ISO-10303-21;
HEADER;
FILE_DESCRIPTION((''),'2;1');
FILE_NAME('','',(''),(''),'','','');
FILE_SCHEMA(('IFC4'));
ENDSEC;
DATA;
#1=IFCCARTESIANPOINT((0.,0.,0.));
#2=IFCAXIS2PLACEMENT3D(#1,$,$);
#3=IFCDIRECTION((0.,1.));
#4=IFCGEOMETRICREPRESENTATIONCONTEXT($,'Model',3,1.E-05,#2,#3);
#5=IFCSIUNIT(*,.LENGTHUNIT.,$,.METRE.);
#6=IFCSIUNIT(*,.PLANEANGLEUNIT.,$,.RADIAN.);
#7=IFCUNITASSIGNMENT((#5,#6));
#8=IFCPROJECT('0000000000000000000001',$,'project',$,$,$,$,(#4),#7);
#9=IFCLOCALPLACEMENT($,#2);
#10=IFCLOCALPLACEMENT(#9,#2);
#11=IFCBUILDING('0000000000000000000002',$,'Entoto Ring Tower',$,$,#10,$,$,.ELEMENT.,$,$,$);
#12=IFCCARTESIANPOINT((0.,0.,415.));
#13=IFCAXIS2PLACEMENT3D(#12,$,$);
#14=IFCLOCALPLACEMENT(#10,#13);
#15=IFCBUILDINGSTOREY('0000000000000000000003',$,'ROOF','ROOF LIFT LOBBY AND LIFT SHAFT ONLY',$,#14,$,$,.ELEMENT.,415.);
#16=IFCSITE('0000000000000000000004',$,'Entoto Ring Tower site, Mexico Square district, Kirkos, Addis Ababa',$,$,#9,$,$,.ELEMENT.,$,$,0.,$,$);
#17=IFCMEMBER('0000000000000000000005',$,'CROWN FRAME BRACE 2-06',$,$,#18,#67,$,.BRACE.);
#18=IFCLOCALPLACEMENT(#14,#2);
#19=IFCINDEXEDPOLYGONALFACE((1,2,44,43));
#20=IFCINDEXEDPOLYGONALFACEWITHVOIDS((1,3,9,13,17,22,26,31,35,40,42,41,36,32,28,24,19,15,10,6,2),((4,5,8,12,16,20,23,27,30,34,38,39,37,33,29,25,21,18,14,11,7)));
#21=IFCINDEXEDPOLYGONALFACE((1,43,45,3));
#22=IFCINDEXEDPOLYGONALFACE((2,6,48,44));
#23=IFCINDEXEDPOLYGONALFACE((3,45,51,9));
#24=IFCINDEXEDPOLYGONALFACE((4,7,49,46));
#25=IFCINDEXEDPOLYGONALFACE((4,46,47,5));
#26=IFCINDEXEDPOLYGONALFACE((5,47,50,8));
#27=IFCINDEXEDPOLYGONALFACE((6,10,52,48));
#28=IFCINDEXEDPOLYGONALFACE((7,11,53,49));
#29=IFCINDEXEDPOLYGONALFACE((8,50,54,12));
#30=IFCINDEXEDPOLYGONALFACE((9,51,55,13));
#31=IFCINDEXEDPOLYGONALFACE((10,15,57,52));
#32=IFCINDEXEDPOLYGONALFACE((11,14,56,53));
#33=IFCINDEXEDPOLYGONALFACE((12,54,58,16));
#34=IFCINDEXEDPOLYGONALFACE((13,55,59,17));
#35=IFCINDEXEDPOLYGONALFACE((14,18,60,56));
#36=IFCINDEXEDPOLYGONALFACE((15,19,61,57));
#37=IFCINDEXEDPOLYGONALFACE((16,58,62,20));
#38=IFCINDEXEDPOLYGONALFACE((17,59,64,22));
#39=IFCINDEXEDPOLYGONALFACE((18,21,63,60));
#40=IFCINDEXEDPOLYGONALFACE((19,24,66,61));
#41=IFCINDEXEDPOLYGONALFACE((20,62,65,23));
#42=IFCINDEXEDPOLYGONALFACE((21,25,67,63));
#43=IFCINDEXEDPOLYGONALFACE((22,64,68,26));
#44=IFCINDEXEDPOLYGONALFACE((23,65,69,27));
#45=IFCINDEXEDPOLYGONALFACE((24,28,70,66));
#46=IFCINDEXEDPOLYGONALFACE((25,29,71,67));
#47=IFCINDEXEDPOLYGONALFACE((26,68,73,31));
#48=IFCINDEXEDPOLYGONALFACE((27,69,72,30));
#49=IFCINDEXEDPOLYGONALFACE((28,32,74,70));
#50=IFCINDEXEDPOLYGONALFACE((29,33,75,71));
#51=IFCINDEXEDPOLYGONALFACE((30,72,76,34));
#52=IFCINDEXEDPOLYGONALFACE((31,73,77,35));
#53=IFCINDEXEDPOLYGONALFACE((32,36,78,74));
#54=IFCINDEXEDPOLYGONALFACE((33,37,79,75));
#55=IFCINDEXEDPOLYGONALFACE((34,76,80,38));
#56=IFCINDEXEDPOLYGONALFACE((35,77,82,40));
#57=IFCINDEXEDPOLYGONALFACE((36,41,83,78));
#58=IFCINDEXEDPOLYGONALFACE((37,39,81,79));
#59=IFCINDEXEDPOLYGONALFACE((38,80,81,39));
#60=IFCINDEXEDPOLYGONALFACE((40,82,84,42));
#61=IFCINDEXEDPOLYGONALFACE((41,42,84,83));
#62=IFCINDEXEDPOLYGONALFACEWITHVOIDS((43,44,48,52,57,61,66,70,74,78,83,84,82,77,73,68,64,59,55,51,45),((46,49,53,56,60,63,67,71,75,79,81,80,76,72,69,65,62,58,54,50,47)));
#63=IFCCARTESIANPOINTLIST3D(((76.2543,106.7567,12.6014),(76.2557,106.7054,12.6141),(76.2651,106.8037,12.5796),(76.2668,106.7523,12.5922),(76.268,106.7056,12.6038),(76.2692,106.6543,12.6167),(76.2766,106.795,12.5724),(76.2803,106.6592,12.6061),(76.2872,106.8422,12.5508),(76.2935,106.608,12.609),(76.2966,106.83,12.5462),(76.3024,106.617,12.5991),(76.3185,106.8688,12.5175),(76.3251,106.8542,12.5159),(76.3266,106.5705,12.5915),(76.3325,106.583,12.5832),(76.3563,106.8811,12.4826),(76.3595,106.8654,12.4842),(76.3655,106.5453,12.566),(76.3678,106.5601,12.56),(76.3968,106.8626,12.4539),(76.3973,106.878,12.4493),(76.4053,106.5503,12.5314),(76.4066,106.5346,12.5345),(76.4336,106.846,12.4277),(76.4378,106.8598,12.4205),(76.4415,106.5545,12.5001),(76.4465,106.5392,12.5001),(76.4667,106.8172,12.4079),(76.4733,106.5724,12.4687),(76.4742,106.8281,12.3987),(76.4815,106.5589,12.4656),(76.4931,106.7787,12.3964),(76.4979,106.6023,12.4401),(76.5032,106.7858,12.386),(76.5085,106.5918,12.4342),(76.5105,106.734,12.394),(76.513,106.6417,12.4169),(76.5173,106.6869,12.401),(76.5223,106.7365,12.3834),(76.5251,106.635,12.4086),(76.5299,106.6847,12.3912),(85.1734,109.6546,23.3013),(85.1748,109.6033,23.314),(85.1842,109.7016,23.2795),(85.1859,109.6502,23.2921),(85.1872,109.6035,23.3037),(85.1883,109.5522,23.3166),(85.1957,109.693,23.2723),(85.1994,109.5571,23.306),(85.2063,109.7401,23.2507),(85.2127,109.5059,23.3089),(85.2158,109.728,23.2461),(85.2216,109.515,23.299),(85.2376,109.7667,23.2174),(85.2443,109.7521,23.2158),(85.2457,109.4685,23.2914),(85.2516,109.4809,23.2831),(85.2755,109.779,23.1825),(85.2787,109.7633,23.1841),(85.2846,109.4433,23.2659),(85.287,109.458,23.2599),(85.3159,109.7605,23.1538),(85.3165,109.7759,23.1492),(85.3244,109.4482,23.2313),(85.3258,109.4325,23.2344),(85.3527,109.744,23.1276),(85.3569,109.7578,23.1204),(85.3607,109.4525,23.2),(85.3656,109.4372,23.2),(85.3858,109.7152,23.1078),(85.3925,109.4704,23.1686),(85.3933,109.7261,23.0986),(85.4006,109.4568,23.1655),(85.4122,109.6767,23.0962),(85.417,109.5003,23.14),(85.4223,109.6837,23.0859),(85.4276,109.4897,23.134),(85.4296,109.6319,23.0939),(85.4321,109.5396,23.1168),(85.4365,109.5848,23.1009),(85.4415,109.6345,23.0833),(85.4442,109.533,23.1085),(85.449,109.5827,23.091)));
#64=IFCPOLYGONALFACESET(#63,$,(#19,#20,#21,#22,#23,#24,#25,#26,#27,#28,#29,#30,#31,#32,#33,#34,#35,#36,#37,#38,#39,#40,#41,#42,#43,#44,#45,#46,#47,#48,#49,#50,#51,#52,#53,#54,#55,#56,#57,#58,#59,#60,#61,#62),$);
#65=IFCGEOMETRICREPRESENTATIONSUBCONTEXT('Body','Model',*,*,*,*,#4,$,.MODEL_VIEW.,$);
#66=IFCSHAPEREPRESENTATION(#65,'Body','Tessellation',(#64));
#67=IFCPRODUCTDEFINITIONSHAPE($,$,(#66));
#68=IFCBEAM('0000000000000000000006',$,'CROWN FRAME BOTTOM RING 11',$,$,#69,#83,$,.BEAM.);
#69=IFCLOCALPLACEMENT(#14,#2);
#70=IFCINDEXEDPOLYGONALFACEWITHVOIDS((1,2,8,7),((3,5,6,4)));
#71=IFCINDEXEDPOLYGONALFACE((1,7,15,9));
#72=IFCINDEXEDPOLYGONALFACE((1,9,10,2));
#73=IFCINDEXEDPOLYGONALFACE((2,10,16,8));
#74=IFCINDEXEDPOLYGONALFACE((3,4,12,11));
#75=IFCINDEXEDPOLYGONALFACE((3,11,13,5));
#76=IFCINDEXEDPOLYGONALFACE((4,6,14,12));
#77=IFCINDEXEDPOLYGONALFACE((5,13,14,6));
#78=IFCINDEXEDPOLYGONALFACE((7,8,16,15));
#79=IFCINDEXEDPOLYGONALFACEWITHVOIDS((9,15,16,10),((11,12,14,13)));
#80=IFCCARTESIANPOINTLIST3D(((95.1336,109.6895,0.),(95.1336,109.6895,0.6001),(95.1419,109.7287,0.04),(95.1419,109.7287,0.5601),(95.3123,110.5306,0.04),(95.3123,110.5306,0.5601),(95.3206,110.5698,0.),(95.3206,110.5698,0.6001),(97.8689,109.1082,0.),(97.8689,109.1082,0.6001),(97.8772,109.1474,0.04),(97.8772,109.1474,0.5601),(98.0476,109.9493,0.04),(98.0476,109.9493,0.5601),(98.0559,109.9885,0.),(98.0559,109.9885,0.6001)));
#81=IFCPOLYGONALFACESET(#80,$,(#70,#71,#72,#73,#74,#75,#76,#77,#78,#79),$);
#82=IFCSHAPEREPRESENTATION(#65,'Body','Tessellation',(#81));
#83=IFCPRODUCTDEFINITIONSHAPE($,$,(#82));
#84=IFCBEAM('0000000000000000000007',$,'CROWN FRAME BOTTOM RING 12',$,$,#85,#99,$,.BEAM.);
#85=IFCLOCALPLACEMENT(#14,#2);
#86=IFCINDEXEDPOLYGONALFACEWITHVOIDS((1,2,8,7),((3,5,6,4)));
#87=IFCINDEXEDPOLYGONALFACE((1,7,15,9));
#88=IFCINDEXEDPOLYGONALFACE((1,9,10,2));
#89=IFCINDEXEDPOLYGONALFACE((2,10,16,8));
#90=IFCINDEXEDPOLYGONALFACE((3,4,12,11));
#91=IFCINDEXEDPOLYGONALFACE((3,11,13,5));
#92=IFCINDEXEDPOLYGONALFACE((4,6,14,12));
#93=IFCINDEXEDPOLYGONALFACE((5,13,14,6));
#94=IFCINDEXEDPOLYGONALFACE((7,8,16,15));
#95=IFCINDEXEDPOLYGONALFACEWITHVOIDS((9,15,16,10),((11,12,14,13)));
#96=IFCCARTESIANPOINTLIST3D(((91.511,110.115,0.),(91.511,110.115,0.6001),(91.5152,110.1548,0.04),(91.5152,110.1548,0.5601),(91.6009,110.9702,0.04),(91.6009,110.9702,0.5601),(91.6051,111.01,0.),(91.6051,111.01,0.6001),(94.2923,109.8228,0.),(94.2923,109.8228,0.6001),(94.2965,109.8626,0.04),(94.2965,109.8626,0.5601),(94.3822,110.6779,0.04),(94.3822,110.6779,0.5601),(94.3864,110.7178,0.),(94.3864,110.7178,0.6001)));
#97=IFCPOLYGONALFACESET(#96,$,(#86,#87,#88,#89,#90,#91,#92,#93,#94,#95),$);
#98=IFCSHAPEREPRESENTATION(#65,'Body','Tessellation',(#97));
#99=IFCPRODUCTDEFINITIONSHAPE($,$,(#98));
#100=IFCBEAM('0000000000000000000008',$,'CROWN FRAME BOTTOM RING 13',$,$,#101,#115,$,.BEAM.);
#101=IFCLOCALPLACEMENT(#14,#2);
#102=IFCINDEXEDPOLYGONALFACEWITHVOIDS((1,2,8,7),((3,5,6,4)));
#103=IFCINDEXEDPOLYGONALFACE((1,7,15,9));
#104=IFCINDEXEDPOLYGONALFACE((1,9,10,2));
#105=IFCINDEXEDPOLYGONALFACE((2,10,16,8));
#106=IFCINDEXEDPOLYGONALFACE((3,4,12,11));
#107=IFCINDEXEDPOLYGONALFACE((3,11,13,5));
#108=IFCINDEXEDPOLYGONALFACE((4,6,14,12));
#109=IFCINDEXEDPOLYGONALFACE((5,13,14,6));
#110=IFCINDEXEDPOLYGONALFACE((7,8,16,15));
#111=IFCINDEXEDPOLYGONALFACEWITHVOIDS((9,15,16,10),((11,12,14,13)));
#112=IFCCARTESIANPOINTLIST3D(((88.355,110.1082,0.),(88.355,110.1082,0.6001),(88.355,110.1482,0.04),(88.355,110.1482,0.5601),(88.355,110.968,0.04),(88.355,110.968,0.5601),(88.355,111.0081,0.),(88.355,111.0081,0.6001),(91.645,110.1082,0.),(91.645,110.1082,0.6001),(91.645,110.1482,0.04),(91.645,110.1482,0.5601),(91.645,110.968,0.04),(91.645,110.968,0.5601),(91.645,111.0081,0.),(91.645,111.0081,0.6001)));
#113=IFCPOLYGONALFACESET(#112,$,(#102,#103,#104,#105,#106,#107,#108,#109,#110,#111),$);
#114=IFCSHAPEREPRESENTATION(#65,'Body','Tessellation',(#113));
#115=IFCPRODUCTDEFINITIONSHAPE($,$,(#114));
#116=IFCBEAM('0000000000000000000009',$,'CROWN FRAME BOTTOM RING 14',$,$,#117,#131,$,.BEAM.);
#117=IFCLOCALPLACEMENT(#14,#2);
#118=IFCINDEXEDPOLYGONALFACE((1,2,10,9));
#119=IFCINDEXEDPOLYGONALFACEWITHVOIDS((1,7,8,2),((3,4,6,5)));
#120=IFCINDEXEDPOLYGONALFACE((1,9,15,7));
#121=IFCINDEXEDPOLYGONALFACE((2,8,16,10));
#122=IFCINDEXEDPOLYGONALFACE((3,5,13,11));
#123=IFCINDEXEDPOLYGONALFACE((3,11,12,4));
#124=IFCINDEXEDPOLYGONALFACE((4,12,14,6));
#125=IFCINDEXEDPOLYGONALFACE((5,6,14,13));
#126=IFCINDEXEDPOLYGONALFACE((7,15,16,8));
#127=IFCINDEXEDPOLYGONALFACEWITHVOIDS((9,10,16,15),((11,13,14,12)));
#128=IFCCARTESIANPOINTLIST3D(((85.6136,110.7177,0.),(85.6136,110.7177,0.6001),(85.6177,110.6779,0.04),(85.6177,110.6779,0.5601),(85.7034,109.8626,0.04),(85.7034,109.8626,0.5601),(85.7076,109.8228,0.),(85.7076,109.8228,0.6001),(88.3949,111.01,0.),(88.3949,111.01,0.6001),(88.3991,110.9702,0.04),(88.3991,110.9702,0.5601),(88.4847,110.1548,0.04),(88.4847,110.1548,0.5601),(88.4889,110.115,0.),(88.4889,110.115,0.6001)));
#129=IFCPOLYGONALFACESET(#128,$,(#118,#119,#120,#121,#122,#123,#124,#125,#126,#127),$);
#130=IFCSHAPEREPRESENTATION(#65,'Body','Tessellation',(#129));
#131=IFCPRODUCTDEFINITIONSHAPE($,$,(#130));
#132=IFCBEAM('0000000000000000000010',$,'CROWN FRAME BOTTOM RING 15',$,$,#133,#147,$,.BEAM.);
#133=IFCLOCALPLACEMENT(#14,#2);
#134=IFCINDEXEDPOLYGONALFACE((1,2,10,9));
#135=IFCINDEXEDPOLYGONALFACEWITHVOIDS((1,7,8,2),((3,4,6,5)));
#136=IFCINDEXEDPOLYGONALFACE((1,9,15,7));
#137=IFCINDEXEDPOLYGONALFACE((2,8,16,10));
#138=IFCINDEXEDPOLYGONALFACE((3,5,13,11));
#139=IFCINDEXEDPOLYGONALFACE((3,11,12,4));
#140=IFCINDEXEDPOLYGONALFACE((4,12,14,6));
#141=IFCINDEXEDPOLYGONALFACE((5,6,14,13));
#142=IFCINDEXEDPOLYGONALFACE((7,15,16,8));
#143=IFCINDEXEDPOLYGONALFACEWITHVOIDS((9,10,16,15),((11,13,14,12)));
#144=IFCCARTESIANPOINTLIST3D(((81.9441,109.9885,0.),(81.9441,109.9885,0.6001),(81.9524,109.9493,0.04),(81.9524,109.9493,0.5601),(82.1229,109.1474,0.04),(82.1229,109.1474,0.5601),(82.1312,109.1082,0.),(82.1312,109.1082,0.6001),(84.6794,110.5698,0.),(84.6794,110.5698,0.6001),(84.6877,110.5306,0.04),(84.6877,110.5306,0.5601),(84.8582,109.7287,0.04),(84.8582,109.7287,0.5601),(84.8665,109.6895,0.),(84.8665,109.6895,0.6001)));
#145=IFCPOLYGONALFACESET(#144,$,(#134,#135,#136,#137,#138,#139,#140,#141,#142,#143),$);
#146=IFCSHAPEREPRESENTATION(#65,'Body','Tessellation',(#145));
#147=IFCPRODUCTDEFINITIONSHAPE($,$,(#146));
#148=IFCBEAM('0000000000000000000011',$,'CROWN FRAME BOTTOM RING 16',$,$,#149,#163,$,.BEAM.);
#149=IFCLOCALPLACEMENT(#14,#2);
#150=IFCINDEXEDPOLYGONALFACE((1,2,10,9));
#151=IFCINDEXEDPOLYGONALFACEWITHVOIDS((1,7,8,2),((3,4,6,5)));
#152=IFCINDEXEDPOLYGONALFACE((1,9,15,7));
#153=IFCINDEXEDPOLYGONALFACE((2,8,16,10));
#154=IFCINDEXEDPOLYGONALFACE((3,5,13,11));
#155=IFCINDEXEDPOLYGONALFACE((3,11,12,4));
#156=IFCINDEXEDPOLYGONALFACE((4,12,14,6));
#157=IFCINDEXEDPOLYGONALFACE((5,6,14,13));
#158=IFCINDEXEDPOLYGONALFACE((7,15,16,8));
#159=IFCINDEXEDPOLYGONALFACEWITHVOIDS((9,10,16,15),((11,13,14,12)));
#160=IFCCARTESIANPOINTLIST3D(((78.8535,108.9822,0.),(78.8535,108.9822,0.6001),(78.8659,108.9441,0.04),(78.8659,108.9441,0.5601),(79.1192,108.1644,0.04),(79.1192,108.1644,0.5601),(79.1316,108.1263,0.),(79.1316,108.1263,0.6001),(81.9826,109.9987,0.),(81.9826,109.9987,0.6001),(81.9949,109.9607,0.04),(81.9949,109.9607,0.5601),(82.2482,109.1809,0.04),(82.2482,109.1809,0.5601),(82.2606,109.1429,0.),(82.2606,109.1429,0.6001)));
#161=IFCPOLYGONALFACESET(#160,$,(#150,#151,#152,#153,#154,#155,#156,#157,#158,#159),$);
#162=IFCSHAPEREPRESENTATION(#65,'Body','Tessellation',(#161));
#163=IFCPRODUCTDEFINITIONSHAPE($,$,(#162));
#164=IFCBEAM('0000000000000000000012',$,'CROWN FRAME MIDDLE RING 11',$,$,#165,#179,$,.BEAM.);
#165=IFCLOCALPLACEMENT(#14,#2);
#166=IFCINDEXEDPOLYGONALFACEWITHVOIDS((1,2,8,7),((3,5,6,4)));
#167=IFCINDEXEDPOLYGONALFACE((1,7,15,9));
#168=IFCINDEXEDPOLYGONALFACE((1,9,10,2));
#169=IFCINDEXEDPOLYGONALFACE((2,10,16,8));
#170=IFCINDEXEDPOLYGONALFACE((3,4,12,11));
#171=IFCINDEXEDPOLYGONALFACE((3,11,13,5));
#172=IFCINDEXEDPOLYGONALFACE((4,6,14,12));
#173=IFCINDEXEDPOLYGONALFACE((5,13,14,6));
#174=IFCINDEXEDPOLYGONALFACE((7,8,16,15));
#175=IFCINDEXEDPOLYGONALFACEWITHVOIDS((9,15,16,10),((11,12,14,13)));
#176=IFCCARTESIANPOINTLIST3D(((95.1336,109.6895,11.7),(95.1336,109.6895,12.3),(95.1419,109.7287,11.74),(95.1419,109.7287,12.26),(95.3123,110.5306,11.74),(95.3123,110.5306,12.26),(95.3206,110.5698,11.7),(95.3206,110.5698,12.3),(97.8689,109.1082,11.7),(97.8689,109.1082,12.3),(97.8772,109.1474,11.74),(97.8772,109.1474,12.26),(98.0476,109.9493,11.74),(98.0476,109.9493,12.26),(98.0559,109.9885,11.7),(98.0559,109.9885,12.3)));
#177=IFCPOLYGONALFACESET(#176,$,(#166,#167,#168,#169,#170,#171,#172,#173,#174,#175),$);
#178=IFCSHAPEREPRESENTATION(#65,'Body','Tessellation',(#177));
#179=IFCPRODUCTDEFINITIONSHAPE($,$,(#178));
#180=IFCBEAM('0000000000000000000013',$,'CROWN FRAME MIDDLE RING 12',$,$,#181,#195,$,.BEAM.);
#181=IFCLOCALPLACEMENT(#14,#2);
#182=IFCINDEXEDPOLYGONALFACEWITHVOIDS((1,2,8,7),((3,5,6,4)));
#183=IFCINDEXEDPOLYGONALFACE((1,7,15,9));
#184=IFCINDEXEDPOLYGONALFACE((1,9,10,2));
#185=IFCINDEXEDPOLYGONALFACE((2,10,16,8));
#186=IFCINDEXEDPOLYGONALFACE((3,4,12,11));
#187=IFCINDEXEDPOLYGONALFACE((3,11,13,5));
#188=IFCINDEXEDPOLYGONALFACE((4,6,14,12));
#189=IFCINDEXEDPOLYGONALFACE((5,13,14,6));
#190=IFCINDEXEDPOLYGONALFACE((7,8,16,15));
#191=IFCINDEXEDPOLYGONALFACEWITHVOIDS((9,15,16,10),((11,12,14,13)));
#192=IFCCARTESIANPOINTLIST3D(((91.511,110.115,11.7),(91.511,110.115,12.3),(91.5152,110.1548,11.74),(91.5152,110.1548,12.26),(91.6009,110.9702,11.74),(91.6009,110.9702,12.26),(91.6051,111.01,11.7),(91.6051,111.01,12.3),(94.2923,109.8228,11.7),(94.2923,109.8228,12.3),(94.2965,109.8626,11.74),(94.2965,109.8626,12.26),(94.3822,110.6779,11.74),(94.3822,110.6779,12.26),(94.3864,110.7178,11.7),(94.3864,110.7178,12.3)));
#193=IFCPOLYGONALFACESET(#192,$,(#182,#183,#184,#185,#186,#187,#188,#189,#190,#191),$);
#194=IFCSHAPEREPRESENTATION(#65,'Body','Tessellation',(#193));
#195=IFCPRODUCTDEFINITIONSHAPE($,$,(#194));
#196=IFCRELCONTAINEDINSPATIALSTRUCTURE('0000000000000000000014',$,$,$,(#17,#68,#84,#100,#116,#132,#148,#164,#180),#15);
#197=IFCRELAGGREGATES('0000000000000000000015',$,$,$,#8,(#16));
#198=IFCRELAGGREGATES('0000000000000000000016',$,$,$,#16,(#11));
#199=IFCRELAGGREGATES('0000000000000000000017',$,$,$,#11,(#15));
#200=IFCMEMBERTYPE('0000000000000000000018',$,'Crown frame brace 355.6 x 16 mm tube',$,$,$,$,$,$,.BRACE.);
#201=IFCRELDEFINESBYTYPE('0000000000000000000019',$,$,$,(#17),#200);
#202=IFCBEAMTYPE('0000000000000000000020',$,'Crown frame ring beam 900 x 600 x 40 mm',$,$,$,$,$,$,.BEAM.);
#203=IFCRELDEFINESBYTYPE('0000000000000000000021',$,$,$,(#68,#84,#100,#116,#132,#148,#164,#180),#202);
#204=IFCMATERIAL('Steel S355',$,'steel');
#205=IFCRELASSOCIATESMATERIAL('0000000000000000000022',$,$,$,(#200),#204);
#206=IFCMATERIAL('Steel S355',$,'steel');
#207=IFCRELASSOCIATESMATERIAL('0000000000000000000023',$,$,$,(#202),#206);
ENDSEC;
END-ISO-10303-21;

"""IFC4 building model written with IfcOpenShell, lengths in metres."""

from ifc_helpers import new_model, si_unit, direction, frame, origin, origin_2d, place, context, subcontext, project, spatial, hollow_rectangle, hollow_circle, extrude, material, material_profile, profile_set, type_object, element, save


model = new_model("IFC4")

# Units and contexts
model_context = context("Model", 3, precision=1e-05, world=origin(), true_north=direction((0.0, 1.0)))
body_context = subcontext(model_context, "Body", "Model", "MODEL_VIEW")
ifc_project = project(units=[si_unit("LENGTHUNIT", "METRE"), si_unit("PLANEANGLEUNIT", "RADIAN")], contexts=[model_context])

# Site, building, storey
site_placement = place(None, origin())
site = spatial("IfcSite", under=ifc_project, at=site_placement, Name="Entoto Ring Tower site, Mexico Square district, Kirkos, Addis Ababa", CompositionType="ELEMENT", RefElevation=0.0)
building_placement = place(site_placement, origin())
building = spatial("IfcBuilding", under=site, at=building_placement, Name="Entoto Ring Tower", CompositionType="ELEMENT")
storey_placement = place(building_placement, frame((0.0, 0.0, 415.0)))
storey = spatial("IfcBuildingStorey", under=building, at=storey_placement, Name="ROOF", Description="ROOF LIFT LOBBY AND LIFT SHAFT ONLY", CompositionType="ELEMENT", Elevation=415.0)

# Member
ifc_material_1 = material(Name="Steel S355", Category="steel")
ifc_material_profile_1 = material_profile(ifc_material_1, hollow_circle(Radius=0.1775, WallThickness=0.0161, at=origin_2d()), Name="Crown frame brace 355.6 x 16 mm tube")
ifc_profile_set_1 = profile_set([ifc_material_profile_1], Name="Steel S355")
member_type_1 = type_object("IfcMemberType", Name="Crown frame brace 355.6 x 16 mm tube", PredefinedType="BRACE", material=ifc_profile_set_1)
member_1_placement = place(storey_placement, frame((85.3108, 109.606, 23.2), z_axis=(-0.626871, -0.203678, -0.752029), x_axis=(0.30901, -0.951059, 0.0)))
element("IfcMember", 1, at=member_1_placement, inside=storey, type_object=member_type_1, Name="CROWN FRAME BRACE 2-06", PredefinedType="BRACE", context=body_context, shape_type="SweptSolid", body=[
    extrude(hollow_circle(Radius=0.1775, WallThickness=0.0161, at=origin_2d()), origin(), (0.0, 0.0, 1.0), 14.228),
])

# Beams
ifc_material_2 = material(Name="Steel S355", Category="steel")
ifc_material_profile_2 = material_profile(ifc_material_2, hollow_rectangle(XDim=0.8999, YDim=0.6001, WallThickness=0.04, at=origin_2d()), Name="Crown frame ring beam 900 x 600 x 40 mm")
ifc_profile_set_2 = profile_set([ifc_material_profile_2], Name="Steel S355")
beam_type_1 = type_object("IfcBeamType", Name="Crown frame ring beam 900 x 600 x 40 mm", PredefinedType="BEAM", material=ifc_profile_set_2)
beam_1_placement = place(storey_placement, frame((97.9624, 109.5483, 0.3), z_axis=(-0.978156, 0.207871, 0.0), x_axis=(-0.207871, -0.978156, 0.0)))
element("IfcBeam", 2, at=beam_1_placement, inside=storey, type_object=beam_type_1, Name="CROWN FRAME BOTTOM RING 11", PredefinedType="BEAM", context=body_context, shape_type="SweptSolid", body=[
    extrude(hollow_rectangle(XDim=0.8999, YDim=0.6001, WallThickness=0.04, at=origin_2d()), origin(), (0.0, 0.0, 1.0), 2.7964),
])
beam_2_placement = place(storey_placement, frame((94.3394, 110.2703, 0.3), z_axis=(-0.994525, 0.104498, 0.0), x_axis=(-0.104498, -0.994525, 0.0)))
element("IfcBeam", 3, at=beam_2_placement, inside=storey, type_object=beam_type_1, Name="CROWN FRAME BOTTOM RING 12", PredefinedType="BEAM", context=body_context, shape_type="SweptSolid", body=[
    extrude(hollow_rectangle(XDim=0.8999, YDim=0.6001, WallThickness=0.04, at=origin_2d()), origin(), (0.0, 0.0, 1.0), 2.7966),
])
beam_3_placement = place(storey_placement, frame((91.645, 110.5581, 0.3), z_axis=(-1.0, 0.0, 0.0), x_axis=(0.0, -1.0, 0.0)))
element("IfcBeam", 4, at=beam_3_placement, inside=storey, type_object=beam_type_1, Name="CROWN FRAME BOTTOM RING 13", PredefinedType="BEAM", context=body_context, shape_type="SweptSolid", body=[
    extrude(hollow_rectangle(XDim=0.8999, YDim=0.6001, WallThickness=0.04, at=origin_2d()), origin(), (0.0, 0.0, 1.0), 3.29),
])
beam_4_placement = place(storey_placement, frame((88.4419, 110.5625, 0.3), z_axis=(-0.994525, -0.104498, 0.0), x_axis=(0.104498, -0.994525, 0.0)))
element("IfcBeam", 5, at=beam_4_placement, inside=storey, type_object=beam_type_1, Name="CROWN FRAME BOTTOM RING 14", PredefinedType="BEAM", context=body_context, shape_type="SweptSolid", body=[
    extrude(hollow_rectangle(XDim=0.8999, YDim=0.6001, WallThickness=0.04, at=origin_2d()), origin(), (0.0, 0.0, 1.0), 2.7966),
])
beam_5_placement = place(storey_placement, frame((84.7729, 110.1296, 0.3), z_axis=(-0.978156, -0.207871, 0.0), x_axis=(0.207871, -0.978156, 0.0)))
element("IfcBeam", 6, at=beam_5_placement, inside=storey, type_object=beam_type_1, Name="CROWN FRAME BOTTOM RING 15", PredefinedType="BEAM", context=body_context, shape_type="SweptSolid", body=[
    extrude(hollow_rectangle(XDim=0.8999, YDim=0.6001, WallThickness=0.04, at=origin_2d()), origin(), (0.0, 0.0, 1.0), 2.7964),
])
beam_6_placement = place(storey_placement, frame((82.1216, 109.5708, 0.3), z_axis=(-0.951067, -0.308984, 0.0), x_axis=(0.308984, -0.951067, 0.0)))
element("IfcBeam", 7, at=beam_6_placement, inside=storey, type_object=beam_type_1, Name="CROWN FRAME BOTTOM RING 16", PredefinedType="BEAM", context=body_context, shape_type="SweptSolid", body=[
    extrude(hollow_rectangle(XDim=0.8999, YDim=0.6001, WallThickness=0.04, at=origin_2d()), origin(), (0.0, 0.0, 1.0), 3.29),
])
beam_7_placement = place(storey_placement, frame((97.9624, 109.5483, 12.0), z_axis=(-0.978156, 0.207871, 0.0), x_axis=(-0.207871, -0.978156, 0.0)))
element("IfcBeam", 8, at=beam_7_placement, inside=storey, type_object=beam_type_1, Name="CROWN FRAME MIDDLE RING 11", PredefinedType="BEAM", context=body_context, shape_type="SweptSolid", body=[
    extrude(hollow_rectangle(XDim=0.8999, YDim=0.6001, WallThickness=0.04, at=origin_2d()), origin(), (0.0, 0.0, 1.0), 2.7964),
])
beam_8_placement = place(storey_placement, frame((94.3394, 110.2703, 12.0), z_axis=(-0.994525, 0.104498, 0.0), x_axis=(-0.104498, -0.994525, 0.0)))
element("IfcBeam", 9, at=beam_8_placement, inside=storey, type_object=beam_type_1, Name="CROWN FRAME MIDDLE RING 12", PredefinedType="BEAM", context=body_context, shape_type="SweptSolid", body=[
    extrude(hollow_rectangle(XDim=0.8999, YDim=0.6001, WallThickness=0.04, at=origin_2d()), origin(), (0.0, 0.0, 1.0), 2.7966),
])

save(model, "model.ifc")
